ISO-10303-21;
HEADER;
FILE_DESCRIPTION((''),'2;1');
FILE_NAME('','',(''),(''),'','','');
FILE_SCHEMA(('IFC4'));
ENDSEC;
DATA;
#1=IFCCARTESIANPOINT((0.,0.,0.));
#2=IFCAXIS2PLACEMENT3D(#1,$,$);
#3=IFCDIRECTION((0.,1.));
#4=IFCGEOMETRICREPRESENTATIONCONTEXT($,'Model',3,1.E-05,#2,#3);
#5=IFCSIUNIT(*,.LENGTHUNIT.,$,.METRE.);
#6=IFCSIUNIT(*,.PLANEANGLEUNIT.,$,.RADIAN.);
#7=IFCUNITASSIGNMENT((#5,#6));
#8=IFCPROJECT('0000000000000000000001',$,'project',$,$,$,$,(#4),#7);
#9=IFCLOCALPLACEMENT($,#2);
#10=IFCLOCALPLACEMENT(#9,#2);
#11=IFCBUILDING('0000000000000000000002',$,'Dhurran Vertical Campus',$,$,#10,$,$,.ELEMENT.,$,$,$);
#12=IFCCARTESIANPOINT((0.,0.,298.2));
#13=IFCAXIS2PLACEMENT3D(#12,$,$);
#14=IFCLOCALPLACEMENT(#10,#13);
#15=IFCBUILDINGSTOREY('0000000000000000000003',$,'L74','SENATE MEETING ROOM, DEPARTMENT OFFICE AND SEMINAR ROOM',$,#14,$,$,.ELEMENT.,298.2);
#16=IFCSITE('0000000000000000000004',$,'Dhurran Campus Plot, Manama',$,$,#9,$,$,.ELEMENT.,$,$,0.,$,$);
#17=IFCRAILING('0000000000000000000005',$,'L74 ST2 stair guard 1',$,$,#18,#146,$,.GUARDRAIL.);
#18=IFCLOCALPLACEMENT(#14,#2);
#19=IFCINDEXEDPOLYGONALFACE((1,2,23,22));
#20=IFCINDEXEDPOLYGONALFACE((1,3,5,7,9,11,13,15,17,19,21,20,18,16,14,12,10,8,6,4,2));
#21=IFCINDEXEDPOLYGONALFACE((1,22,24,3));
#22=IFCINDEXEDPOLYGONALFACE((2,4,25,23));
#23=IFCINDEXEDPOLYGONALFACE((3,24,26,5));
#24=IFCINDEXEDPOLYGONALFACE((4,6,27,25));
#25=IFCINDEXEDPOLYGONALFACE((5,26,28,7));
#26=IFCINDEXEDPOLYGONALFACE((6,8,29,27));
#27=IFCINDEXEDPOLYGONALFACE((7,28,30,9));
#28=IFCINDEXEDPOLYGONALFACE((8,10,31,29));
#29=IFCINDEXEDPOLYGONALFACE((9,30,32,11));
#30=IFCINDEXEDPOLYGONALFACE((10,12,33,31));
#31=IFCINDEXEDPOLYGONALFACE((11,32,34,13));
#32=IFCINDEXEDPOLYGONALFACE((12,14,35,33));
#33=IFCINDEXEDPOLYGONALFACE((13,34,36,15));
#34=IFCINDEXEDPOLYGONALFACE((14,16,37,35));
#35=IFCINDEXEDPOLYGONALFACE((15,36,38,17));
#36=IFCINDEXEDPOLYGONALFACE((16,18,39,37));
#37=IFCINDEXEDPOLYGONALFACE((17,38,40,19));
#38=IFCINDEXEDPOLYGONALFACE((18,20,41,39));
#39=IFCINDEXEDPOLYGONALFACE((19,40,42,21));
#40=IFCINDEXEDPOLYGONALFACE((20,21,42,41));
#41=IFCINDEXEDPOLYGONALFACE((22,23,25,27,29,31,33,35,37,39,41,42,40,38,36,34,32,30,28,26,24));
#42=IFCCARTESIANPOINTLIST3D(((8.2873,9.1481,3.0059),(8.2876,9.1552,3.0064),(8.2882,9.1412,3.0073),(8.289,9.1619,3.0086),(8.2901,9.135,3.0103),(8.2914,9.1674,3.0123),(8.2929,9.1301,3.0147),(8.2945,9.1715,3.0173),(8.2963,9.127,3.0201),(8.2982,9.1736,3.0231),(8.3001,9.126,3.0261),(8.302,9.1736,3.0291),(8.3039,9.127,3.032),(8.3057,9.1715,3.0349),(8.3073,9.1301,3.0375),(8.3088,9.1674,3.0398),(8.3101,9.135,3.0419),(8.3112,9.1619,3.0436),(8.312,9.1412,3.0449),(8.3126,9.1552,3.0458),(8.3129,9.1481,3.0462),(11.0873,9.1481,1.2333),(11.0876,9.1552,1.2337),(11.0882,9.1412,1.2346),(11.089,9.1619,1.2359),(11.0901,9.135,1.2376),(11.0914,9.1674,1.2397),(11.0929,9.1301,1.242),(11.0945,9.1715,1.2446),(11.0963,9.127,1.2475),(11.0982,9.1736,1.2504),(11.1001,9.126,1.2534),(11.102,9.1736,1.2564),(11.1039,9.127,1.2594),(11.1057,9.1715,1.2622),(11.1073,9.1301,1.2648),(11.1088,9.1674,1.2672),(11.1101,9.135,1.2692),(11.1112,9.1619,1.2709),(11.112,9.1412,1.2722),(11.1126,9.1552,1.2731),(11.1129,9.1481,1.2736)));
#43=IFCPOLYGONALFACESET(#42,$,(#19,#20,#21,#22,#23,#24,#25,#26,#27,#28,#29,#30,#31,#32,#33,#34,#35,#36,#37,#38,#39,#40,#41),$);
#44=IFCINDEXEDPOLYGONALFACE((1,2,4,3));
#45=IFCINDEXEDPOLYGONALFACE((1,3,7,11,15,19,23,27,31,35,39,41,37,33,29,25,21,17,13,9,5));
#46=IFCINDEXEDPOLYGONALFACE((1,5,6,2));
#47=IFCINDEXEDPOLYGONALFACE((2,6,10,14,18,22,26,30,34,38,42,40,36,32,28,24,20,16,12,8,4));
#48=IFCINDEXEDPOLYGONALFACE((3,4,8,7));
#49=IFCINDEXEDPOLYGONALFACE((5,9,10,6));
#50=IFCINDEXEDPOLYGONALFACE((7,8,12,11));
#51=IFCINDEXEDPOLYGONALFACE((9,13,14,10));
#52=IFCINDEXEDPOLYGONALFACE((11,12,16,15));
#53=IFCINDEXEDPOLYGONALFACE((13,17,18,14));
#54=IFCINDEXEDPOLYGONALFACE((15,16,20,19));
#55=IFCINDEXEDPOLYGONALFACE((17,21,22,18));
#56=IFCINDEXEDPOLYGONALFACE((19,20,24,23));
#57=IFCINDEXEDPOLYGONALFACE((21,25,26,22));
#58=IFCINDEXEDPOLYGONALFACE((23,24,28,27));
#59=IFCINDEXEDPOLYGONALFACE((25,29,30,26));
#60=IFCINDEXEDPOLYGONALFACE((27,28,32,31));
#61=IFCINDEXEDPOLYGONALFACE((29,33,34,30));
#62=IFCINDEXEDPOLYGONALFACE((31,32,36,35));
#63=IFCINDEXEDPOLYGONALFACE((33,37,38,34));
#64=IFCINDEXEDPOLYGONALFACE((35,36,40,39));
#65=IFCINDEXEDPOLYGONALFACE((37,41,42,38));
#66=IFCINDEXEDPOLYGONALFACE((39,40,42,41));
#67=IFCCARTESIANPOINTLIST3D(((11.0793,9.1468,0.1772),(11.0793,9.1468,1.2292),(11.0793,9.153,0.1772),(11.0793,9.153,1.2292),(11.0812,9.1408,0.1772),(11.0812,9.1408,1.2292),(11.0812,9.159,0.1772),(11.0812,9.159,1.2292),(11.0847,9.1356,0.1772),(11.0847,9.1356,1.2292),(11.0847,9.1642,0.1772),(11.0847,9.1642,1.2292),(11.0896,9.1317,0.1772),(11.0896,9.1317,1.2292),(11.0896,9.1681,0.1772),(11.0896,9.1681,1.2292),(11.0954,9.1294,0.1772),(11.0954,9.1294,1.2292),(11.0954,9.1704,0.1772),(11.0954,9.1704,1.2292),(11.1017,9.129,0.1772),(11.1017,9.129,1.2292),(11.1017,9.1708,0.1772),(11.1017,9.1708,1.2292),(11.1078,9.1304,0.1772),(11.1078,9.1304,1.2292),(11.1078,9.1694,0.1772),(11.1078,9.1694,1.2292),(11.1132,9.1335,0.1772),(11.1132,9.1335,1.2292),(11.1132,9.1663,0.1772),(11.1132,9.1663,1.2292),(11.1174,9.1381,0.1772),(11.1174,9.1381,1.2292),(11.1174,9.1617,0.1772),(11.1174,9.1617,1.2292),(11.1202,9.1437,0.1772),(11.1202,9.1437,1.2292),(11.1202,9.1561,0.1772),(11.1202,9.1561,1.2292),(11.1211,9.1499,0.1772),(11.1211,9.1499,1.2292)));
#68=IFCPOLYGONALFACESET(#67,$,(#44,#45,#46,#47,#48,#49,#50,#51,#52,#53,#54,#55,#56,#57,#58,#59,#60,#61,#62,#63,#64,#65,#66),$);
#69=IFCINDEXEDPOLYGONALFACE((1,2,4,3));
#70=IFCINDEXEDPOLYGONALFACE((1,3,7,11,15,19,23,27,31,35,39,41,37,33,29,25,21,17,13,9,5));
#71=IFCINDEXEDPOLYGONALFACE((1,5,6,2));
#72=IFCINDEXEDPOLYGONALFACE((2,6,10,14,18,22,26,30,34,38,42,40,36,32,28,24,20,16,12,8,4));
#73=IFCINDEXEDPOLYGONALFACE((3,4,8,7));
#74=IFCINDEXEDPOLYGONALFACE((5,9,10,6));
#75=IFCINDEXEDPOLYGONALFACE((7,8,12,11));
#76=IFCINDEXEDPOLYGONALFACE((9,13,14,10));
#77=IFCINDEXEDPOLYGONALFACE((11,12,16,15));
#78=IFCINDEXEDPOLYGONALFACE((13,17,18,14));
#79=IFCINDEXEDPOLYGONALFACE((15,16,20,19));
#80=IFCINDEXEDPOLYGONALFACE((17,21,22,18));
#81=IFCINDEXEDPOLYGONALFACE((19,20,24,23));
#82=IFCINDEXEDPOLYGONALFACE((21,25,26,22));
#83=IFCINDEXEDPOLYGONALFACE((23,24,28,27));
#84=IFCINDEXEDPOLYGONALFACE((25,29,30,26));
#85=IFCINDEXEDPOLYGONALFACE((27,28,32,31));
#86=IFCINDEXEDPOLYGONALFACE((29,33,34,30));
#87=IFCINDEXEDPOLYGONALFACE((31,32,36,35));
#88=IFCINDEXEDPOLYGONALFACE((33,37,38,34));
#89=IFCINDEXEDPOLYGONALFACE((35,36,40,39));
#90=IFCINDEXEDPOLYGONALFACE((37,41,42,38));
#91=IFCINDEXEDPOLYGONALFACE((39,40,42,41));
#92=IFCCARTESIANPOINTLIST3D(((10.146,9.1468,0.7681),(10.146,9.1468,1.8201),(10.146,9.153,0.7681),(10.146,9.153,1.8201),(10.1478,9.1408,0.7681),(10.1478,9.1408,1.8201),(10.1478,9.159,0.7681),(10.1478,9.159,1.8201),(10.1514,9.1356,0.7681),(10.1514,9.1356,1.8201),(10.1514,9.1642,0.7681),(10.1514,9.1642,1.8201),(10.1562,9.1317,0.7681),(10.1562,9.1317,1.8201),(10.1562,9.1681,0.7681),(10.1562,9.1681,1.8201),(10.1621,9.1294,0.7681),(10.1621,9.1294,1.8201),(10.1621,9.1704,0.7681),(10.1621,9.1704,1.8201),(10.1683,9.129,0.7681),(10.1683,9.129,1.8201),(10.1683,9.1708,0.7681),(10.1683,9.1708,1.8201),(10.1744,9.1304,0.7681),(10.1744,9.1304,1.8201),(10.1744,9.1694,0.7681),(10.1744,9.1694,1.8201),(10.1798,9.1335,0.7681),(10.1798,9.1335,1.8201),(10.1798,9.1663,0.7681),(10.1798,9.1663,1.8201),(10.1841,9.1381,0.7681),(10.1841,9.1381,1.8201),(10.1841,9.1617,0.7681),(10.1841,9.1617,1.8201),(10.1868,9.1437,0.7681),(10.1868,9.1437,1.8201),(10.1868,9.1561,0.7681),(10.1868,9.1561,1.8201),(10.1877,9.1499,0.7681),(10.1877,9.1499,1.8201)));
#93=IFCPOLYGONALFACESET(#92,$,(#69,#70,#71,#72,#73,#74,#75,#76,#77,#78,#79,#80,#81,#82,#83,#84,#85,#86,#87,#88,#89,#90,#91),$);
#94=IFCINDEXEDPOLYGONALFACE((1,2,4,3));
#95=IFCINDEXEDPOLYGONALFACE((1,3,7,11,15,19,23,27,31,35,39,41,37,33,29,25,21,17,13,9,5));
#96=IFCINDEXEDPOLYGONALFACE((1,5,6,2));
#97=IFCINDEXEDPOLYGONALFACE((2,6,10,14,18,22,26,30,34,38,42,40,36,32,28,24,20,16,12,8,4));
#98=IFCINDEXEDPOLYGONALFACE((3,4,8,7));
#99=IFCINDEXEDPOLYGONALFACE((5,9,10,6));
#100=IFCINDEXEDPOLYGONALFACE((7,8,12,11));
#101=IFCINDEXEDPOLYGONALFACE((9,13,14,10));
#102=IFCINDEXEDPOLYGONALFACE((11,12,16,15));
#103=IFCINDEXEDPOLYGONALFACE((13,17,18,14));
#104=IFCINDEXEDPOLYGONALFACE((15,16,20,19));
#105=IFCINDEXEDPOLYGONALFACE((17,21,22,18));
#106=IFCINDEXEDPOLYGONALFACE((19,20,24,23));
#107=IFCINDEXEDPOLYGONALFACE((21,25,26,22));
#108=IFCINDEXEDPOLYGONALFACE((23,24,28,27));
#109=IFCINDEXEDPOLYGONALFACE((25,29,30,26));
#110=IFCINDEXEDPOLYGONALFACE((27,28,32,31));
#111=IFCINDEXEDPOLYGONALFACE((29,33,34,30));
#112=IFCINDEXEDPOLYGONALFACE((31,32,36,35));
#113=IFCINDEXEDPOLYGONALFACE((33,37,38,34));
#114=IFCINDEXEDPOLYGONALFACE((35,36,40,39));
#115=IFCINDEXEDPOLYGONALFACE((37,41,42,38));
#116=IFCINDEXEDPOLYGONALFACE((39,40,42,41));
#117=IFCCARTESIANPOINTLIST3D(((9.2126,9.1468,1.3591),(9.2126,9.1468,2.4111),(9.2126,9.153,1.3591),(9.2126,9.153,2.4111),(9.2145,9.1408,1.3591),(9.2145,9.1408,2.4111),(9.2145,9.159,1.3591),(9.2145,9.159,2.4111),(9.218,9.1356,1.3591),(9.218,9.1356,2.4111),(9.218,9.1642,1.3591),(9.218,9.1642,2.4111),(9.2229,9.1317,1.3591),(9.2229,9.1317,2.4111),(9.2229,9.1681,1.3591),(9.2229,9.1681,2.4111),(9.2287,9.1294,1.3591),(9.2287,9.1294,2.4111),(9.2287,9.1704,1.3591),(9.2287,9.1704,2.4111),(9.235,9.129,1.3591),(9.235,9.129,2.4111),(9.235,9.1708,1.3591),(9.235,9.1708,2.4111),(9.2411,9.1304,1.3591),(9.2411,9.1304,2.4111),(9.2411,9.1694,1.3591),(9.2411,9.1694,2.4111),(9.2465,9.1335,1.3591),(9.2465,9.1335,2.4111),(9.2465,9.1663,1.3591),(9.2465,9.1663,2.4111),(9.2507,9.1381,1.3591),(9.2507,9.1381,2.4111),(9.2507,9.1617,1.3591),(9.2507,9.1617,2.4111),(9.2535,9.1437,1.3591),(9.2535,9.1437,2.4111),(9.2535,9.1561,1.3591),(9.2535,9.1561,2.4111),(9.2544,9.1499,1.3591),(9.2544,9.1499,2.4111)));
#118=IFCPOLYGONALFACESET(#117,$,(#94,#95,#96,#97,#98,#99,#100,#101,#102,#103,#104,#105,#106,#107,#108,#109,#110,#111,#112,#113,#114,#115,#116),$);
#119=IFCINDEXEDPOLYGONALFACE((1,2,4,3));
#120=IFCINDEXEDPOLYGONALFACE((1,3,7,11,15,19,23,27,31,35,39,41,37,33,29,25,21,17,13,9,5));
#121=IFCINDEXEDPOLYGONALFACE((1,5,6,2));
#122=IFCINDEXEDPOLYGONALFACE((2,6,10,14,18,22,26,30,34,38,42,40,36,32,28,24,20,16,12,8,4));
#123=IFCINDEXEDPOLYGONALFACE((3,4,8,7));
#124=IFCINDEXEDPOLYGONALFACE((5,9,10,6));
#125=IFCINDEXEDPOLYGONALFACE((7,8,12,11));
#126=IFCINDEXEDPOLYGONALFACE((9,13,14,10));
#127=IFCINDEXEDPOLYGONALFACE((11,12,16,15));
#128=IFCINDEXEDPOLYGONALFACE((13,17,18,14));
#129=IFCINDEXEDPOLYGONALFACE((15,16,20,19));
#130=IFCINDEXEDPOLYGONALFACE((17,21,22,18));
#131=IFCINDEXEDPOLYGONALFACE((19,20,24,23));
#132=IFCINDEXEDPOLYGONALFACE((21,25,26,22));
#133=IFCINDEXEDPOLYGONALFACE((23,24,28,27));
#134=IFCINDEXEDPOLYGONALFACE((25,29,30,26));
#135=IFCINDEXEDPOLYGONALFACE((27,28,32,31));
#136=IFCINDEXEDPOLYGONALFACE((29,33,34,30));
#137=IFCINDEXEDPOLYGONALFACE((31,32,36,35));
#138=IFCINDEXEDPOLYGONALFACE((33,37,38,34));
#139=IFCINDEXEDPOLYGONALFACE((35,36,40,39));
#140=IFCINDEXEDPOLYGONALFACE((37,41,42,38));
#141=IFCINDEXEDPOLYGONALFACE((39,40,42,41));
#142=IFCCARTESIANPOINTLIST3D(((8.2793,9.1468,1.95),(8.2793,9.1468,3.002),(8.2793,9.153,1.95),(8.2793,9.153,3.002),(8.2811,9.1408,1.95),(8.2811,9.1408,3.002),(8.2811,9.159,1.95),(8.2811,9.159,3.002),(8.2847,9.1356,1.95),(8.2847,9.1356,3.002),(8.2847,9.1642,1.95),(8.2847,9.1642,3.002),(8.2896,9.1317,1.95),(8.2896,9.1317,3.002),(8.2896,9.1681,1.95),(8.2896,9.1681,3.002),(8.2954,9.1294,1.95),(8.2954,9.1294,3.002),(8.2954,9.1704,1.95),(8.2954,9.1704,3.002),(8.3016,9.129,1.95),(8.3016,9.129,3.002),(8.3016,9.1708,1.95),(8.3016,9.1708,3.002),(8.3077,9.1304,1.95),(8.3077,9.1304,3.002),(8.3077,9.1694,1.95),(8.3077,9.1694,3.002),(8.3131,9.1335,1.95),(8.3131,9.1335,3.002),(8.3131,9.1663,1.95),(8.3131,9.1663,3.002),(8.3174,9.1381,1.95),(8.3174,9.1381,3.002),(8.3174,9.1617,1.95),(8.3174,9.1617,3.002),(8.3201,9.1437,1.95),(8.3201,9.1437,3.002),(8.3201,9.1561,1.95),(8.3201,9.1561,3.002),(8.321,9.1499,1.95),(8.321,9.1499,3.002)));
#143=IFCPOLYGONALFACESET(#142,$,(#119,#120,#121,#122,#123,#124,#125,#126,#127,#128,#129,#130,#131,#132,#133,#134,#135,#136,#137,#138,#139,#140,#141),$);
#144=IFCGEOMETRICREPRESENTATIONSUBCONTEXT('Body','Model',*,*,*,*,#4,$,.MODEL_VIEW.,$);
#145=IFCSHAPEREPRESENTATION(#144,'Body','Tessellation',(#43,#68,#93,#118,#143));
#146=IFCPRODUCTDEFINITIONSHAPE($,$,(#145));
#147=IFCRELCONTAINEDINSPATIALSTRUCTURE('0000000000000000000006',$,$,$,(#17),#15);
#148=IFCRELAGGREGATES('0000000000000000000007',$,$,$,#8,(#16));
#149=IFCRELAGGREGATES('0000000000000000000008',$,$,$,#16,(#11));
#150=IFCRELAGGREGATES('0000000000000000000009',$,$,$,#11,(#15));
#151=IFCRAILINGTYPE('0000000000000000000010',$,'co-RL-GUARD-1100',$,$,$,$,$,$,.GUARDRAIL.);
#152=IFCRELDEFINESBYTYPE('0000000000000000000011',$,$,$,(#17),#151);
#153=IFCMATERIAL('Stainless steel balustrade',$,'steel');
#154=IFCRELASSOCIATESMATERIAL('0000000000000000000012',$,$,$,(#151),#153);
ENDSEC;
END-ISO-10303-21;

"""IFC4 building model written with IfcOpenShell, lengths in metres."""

from ifc_helpers import new_model, si_unit, direction, frame, origin, origin_2d, place, context, subcontext, project, spatial, circle, extrude, material, type_object, element, save


model = new_model("IFC4")

# Units and contexts
model_context = context("Model", 3, precision=1e-05, world=origin(), true_north=direction((0.0, 1.0)))
body_context = subcontext(model_context, "Body", "Model", "MODEL_VIEW")
ifc_project = project(units=[si_unit("LENGTHUNIT", "METRE"), si_unit("PLANEANGLEUNIT", "RADIAN")], contexts=[model_context])

# Site, building, storey
site_placement = place(None, origin())
site = spatial("IfcSite", under=ifc_project, at=site_placement, Name="Dhurran Campus Plot, Manama", CompositionType="ELEMENT", RefElevation=0.0)
building_placement = place(site_placement, origin())
building = spatial("IfcBuilding", under=site, at=building_placement, Name="Dhurran Vertical Campus", CompositionType="ELEMENT")
storey_placement = place(building_placement, frame((0.0, 0.0, 298.2)))
storey = spatial("IfcBuildingStorey", under=building, at=storey_placement, Name="L74", Description="SENATE MEETING ROOM, DEPARTMENT OFFICE AND SEMINAR ROOM", CompositionType="ELEMENT", Elevation=298.2)

# Railing
ifc_material_1 = material(Name="Stainless steel balustrade", Category="steel")
railing_type = type_object("IfcRailingType", Name="co-RL-GUARD-1100", PredefinedType="GUARDRAIL", material=ifc_material_1)
railing_1_placement = place(storey_placement, frame((11.1001, 9.1499, 0.1772)))
element("IfcRailing", 1, at=railing_1_placement, inside=storey, type_object=railing_type, Name="L74 ST2 stair guard 1", PredefinedType="GUARDRAIL", context=body_context, shape_type="SweptSolid", body=[
    extrude(circle(Radius=0.0239, at=origin_2d()), frame((0.0, 0.0, 1.0762), z_axis=(-0.844909, 0.0, 0.53491), x_axis=(0.0, -1.0, 0.0)), (0.0, 0.0, 1.0), 3.314),
    extrude(circle(Radius=0.021, at=origin_2d()), origin(), (0.0, 0.0, 1.0), 1.052),
    extrude(circle(Radius=0.021, at=origin_2d()), frame((-0.9333, 0.0, 0.5908)), (0.0, 0.0, 1.0), 1.052),
    extrude(circle(Radius=0.021, at=origin_2d()), frame((-1.8667, 0.0, 1.1819)), (0.0, 0.0, 1.0), 1.052),
    extrude(circle(Radius=0.021, at=origin_2d()), frame((-2.8, 0.0, 1.7727)), (0.0, 0.0, 1.0), 1.052),
])

save(model, "model.ifc")
